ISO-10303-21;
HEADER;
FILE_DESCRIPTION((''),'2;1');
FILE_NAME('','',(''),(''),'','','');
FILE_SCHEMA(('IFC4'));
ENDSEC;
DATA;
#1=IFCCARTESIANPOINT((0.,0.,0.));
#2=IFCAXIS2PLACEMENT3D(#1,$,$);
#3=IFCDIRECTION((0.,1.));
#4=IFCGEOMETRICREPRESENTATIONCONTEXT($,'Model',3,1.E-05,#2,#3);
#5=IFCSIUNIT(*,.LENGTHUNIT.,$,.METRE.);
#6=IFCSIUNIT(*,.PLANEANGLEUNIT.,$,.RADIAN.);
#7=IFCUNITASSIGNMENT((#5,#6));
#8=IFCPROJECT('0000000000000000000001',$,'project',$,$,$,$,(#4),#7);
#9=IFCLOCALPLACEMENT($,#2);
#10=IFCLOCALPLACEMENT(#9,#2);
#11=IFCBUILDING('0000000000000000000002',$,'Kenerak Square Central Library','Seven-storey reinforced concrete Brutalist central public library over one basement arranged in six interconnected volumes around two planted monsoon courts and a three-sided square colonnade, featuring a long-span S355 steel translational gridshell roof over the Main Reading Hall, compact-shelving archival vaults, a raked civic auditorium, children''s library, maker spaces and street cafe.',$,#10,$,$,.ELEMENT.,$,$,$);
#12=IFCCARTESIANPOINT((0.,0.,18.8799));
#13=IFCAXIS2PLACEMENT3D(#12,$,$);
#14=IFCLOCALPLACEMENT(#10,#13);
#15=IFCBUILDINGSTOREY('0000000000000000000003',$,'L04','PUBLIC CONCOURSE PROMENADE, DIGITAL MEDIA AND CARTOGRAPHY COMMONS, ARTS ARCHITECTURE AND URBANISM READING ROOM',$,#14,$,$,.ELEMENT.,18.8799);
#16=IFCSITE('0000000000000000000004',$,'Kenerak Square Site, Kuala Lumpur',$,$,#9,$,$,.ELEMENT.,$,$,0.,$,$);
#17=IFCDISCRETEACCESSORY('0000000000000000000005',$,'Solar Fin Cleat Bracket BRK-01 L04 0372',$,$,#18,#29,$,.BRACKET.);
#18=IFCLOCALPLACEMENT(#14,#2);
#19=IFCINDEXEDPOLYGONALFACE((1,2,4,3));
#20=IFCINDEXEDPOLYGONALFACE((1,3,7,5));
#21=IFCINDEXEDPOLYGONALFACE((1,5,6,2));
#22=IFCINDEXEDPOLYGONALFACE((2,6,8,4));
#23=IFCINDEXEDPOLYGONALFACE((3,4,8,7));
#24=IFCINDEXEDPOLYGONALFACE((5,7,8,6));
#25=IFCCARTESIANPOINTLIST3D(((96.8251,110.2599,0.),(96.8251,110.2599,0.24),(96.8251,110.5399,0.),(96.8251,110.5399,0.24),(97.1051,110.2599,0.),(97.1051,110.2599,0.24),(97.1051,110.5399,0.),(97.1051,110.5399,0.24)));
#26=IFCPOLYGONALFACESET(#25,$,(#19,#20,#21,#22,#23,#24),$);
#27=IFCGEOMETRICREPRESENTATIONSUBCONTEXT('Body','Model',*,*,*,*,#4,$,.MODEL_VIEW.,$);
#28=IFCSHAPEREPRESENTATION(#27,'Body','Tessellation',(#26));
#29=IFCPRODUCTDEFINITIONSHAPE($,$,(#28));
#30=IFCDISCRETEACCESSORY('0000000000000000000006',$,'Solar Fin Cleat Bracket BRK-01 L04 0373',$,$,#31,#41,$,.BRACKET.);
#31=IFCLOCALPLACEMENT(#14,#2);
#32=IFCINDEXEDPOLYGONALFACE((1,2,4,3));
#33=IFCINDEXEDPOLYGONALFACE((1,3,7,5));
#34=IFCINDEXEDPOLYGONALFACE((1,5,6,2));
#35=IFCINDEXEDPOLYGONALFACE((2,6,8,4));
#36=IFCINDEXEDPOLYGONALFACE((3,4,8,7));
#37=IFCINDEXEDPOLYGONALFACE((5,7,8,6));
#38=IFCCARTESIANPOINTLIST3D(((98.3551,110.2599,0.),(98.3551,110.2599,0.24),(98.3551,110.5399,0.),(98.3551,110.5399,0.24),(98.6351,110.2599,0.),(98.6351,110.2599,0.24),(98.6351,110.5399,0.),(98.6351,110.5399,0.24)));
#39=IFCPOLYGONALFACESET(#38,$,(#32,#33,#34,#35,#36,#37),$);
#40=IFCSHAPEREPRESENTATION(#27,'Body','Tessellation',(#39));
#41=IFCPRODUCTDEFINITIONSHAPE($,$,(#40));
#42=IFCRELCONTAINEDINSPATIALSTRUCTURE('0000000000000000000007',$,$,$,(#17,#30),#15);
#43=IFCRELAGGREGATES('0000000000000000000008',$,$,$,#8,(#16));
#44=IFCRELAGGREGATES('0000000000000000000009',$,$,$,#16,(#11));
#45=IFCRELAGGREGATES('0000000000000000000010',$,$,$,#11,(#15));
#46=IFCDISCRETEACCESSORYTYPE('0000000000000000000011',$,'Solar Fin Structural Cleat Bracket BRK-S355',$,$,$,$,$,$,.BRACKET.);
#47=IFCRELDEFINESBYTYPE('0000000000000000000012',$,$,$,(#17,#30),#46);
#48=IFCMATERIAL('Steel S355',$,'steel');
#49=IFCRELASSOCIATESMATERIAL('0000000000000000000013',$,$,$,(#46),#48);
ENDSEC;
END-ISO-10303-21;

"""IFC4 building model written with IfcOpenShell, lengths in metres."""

from ifc_helpers import new_model, si_unit, direction, frame, origin, origin_2d, place, context, subcontext, project, spatial, rectangle, extrude, material, type_object, element, save


model = new_model("IFC4")

# Units and contexts
model_context = context("Model", 3, precision=1e-05, world=origin(), true_north=direction((0.0, 1.0)))
body_context = subcontext(model_context, "Body", "Model", "MODEL_VIEW")
ifc_project = project(units=[si_unit("LENGTHUNIT", "METRE"), si_unit("PLANEANGLEUNIT", "RADIAN")], contexts=[model_context])

# Site, building, storey
site_placement = place(None, origin())
site = spatial("IfcSite", under=ifc_project, at=site_placement, Name="Kenerak Square Site, Kuala Lumpur", CompositionType="ELEMENT", RefElevation=0.0)
building_placement = place(site_placement, origin())
building = spatial("IfcBuilding", under=site, at=building_placement, Name="Kenerak Square Central Library", Description="Seven-storey reinforced concrete Brutalist central public library over one basement arranged in six interconnected volumes around two planted monsoon courts and a three-sided square colonnade, featuring a long-span S355 steel translational gridshell roof over the Main Reading Hall, compact-shelving archival vaults, a raked civic auditorium, children's library, maker spaces and street cafe.", CompositionType="ELEMENT")
storey_placement = place(building_placement, frame((0.0, 0.0, 18.8799)))
storey = spatial("IfcBuildingStorey", under=building, at=storey_placement, Name="L04", Description="PUBLIC CONCOURSE PROMENADE, DIGITAL MEDIA AND CARTOGRAPHY COMMONS, ARTS ARCHITECTURE AND URBANISM READING ROOM", CompositionType="ELEMENT", Elevation=18.8799)

# Shared definitions
ifc_material_1 = material(Name="Steel S355", Category="steel")

# Discrete accessories
discrete_accessory_type = type_object("IfcDiscreteAccessoryType", Name="Solar Fin Structural Cleat Bracket BRK-S355", PredefinedType="BRACKET", material=ifc_material_1)
for number, where, z_axis, x_axis, name in (
    (1, (96.9651, 110.3999, 0.0), (0.0, 0.0, 1.0), (1.0, 0.0, 0.0), "Solar Fin Cleat Bracket BRK-01 L04 0372"),
    (2, (98.4951, 110.3999, 0.0), (0.0, 0.0, 1.0), (1.0, 0.0, 0.0), "Solar Fin Cleat Bracket BRK-01 L04 0373"),
):
    element("IfcDiscreteAccessory", number, at=place(storey_placement, frame(where, z_axis=z_axis, x_axis=x_axis)), inside=storey, type_object=discrete_accessory_type, Name=name, PredefinedType="BRACKET", context=body_context, shape_type="SweptSolid", body=[
        extrude(rectangle(XDim=0.28, YDim=0.28, at=origin_2d()), origin(), (0.0, 0.0, 1.0), 0.24),
    ])

save(model, "model.ifc")
